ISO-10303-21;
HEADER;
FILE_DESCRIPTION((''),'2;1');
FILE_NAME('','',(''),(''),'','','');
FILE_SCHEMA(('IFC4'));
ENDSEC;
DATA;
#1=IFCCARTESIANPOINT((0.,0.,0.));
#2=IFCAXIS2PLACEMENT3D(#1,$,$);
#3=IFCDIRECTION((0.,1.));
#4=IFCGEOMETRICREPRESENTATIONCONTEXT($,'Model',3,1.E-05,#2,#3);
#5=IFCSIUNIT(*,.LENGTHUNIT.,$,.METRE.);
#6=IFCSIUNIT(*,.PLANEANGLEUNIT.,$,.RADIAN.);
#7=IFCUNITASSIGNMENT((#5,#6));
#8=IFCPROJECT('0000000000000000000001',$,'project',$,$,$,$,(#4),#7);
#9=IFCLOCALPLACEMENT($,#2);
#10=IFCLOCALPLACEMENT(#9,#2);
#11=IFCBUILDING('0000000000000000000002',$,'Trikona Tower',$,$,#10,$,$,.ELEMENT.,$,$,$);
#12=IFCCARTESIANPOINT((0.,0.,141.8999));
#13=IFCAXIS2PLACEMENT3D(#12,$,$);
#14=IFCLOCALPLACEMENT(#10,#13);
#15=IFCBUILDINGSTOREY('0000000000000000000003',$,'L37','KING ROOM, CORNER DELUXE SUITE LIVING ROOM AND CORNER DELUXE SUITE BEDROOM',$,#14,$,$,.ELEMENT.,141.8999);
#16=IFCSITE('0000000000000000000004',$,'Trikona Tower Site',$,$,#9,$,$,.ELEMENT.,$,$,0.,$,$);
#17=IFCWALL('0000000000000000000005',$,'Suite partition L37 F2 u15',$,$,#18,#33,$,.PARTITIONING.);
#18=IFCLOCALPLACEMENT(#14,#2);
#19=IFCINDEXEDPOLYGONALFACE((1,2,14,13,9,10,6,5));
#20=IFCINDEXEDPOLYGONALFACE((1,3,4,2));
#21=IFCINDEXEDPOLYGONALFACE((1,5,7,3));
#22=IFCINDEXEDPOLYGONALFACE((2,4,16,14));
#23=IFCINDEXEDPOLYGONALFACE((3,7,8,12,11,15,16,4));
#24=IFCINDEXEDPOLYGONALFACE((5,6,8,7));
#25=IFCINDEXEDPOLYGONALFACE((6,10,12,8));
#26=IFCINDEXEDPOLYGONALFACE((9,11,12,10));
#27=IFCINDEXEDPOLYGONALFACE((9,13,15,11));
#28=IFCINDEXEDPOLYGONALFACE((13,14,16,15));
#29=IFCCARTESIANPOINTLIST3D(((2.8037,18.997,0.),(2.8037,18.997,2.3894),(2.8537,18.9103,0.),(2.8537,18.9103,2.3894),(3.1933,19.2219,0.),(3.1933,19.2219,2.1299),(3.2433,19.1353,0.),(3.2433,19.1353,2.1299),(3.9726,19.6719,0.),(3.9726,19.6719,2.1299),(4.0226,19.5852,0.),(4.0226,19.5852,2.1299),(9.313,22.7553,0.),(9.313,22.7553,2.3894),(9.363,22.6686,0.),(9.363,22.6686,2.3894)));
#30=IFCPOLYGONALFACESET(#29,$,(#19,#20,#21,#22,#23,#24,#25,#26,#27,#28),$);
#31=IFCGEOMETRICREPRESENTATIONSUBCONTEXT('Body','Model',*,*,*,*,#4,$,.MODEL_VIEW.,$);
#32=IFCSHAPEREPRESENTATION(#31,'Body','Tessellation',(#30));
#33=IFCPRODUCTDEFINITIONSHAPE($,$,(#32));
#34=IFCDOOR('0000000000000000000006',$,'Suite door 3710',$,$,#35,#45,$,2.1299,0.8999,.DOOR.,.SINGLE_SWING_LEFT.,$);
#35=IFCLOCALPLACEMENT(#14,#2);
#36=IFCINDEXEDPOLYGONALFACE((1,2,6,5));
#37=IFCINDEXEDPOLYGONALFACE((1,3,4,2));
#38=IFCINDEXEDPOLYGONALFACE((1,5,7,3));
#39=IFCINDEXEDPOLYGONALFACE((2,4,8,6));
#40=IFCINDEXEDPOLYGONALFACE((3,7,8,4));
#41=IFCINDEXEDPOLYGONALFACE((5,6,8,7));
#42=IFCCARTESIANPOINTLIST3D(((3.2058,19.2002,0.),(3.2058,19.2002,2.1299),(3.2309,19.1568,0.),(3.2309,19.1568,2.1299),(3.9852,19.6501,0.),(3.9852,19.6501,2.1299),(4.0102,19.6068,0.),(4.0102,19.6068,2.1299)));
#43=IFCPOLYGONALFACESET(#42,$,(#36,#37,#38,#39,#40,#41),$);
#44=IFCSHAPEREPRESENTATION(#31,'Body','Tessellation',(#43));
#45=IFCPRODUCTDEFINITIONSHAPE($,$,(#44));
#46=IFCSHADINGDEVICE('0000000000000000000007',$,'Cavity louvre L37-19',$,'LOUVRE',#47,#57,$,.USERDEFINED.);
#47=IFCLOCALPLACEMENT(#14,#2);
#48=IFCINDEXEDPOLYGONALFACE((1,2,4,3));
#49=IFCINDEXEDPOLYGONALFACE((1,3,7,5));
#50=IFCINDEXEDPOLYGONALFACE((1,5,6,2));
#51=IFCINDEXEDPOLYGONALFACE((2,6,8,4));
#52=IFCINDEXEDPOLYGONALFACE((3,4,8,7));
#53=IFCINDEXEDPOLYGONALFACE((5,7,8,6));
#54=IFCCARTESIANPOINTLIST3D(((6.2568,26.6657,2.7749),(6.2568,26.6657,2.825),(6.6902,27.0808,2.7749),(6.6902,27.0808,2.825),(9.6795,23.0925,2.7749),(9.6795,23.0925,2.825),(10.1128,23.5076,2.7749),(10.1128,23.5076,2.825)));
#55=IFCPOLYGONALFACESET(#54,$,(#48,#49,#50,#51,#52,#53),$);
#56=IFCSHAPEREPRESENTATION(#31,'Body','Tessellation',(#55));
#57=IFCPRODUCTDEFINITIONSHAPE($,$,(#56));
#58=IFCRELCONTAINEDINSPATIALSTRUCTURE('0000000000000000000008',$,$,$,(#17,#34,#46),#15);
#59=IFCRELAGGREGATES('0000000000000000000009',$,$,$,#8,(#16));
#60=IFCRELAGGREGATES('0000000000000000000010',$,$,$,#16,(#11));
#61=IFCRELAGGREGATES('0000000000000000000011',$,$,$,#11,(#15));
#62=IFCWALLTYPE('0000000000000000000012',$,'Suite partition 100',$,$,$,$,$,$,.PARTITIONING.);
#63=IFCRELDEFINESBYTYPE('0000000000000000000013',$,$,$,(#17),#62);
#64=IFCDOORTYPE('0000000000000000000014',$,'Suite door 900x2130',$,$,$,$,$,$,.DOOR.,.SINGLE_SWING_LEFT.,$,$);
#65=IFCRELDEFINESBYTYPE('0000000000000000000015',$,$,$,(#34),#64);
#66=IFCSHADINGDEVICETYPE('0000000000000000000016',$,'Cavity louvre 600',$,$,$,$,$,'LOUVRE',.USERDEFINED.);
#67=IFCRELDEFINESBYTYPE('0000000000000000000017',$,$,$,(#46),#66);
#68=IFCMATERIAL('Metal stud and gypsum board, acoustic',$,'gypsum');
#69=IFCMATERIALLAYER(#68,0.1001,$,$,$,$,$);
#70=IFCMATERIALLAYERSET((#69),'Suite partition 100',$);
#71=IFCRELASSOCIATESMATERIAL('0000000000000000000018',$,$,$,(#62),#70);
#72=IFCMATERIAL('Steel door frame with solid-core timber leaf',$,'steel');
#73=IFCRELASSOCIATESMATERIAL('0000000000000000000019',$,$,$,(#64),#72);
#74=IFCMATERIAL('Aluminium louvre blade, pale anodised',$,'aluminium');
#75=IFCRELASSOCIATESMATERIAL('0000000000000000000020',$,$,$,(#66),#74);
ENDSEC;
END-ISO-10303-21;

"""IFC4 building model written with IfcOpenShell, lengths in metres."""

from ifc_helpers import new_model, si_unit, direction, frame, frame_2d, origin, origin_2d, place, context, subcontext, project, spatial, rectangle, extrude, material, layer, layer_set, type_object, element, fill, save


model = new_model("IFC4")

# Units and contexts
model_context = context("Model", 3, precision=1e-05, world=origin(), true_north=direction((0.0, 1.0)))
body_context = subcontext(model_context, "Body", "Model", "MODEL_VIEW")
ifc_project = project(units=[si_unit("LENGTHUNIT", "METRE"), si_unit("PLANEANGLEUNIT", "RADIAN")], contexts=[model_context])

# Site, building, storey
site_placement = place(None, origin())
site = spatial("IfcSite", under=ifc_project, at=site_placement, Name="Trikona Tower Site", CompositionType="ELEMENT", RefElevation=0.0)
building_placement = place(site_placement, origin())
building = spatial("IfcBuilding", under=site, at=building_placement, Name="Trikona Tower", CompositionType="ELEMENT")
storey_placement = place(building_placement, frame((0.0, 0.0, 141.8999)))
storey = spatial("IfcBuildingStorey", under=building, at=storey_placement, Name="L37", Description="KING ROOM, CORNER DELUXE SUITE LIVING ROOM AND CORNER DELUXE SUITE BEDROOM", CompositionType="ELEMENT", Elevation=141.8999)

# Wall, opening, door
ifc_material_1 = material(Name="Metal stud and gypsum board, acoustic", Category="gypsum")
ifc_layer_1 = layer(ifc_material_1, 0.1001)
ifc_layer_set_1 = layer_set([ifc_layer_1], Name="Suite partition 100")
wall_type_1 = type_object("IfcWallType", Name="Suite partition 100", PredefinedType="PARTITIONING", material=ifc_layer_set_1)
wall_1_placement = place(storey_placement, frame((2.8286, 18.9536, 0.0), z_axis=(0.0, 0.0, 1.0), x_axis=(0.866016, 0.500017, 0.0)))
wall_1 = element("IfcWall", 1, at=wall_1_placement, inside=storey, type_object=wall_type_1, Name="Suite partition L37 F2 u15", PredefinedType="PARTITIONING", context=body_context, shape_type="SweptSolid", body=[
    extrude(rectangle(XDim=7.5164, YDim=0.1001, at=frame_2d((3.7583, 0.0))), origin(), (0.0, 0.0, 1.0), 2.3894),
])
opening_1_placement = place(wall_1_placement, frame((0.45, 0.0, 0.0)))
opening_1 = element("IfcOpeningElement", 2, at=opening_1_placement, cuts=wall_1, PredefinedType="OPENING", context=body_context, shape_type="SweptSolid", body=[
    extrude(rectangle(XDim=0.8999, YDim=2.1299, at=frame_2d((0.45, 1.0649))), frame((0.0, 0.0601, 0.0), z_axis=(0.0, -1.0, 0.0), x_axis=(1.0, 0.0, 0.0)), (0.0, 0.0, 1.0), 0.1201),
])
ifc_material_2 = material(Name="Steel door frame with solid-core timber leaf", Category="steel")
door_type_1 = type_object("IfcDoorType", Name="Suite door 900x2130", OperationType="SINGLE_SWING_LEFT", PredefinedType="DOOR", material=ifc_material_2)
door_1_placement = place(opening_1_placement, origin())
door_1 = element("IfcDoor", 3, at=door_1_placement, inside=storey, type_object=door_type_1, Name="Suite door 3710", OperationType="SINGLE_SWING_LEFT", OverallHeight=2.1299, OverallWidth=0.8999, PredefinedType="DOOR", context=body_context, shape_type="SweptSolid", body=[
    extrude(rectangle(XDim=0.8999, YDim=2.1299, at=frame_2d((0.45, 1.0649))), frame((0.0, 0.0249, 0.0), z_axis=(0.0, -1.0, 0.0), x_axis=(1.0, 0.0, 0.0)), (0.0, 0.0, 1.0), 0.05),
])
fill(opening_1, door_1)

# Shading device
ifc_material_3 = material(Name="Aluminium louvre blade, pale anodised", Category="aluminium")
shading_device_type = type_object("IfcShadingDeviceType", Name="Cavity louvre 600", ElementType="LOUVRE", PredefinedType="USERDEFINED", material=ifc_material_3)
shading_device_placement = place(storey_placement, frame((8.1848, 25.0867, 2.7749), z_axis=(0.0, 0.0, 1.0), x_axis=(-0.691724, 0.722162, 0.0)))
element("IfcShadingDevice", 4, at=shading_device_placement, inside=storey, type_object=shading_device_type, Name="Cavity louvre L37-19", ObjectType="LOUVRE", PredefinedType="USERDEFINED", context=body_context, shape_type="SweptSolid", body=[
    extrude(rectangle(XDim=4.948, YDim=0.6001, at=origin_2d()), origin(), (0.0, 0.0, 1.0), 0.05),
])

save(model, "model.ifc")
